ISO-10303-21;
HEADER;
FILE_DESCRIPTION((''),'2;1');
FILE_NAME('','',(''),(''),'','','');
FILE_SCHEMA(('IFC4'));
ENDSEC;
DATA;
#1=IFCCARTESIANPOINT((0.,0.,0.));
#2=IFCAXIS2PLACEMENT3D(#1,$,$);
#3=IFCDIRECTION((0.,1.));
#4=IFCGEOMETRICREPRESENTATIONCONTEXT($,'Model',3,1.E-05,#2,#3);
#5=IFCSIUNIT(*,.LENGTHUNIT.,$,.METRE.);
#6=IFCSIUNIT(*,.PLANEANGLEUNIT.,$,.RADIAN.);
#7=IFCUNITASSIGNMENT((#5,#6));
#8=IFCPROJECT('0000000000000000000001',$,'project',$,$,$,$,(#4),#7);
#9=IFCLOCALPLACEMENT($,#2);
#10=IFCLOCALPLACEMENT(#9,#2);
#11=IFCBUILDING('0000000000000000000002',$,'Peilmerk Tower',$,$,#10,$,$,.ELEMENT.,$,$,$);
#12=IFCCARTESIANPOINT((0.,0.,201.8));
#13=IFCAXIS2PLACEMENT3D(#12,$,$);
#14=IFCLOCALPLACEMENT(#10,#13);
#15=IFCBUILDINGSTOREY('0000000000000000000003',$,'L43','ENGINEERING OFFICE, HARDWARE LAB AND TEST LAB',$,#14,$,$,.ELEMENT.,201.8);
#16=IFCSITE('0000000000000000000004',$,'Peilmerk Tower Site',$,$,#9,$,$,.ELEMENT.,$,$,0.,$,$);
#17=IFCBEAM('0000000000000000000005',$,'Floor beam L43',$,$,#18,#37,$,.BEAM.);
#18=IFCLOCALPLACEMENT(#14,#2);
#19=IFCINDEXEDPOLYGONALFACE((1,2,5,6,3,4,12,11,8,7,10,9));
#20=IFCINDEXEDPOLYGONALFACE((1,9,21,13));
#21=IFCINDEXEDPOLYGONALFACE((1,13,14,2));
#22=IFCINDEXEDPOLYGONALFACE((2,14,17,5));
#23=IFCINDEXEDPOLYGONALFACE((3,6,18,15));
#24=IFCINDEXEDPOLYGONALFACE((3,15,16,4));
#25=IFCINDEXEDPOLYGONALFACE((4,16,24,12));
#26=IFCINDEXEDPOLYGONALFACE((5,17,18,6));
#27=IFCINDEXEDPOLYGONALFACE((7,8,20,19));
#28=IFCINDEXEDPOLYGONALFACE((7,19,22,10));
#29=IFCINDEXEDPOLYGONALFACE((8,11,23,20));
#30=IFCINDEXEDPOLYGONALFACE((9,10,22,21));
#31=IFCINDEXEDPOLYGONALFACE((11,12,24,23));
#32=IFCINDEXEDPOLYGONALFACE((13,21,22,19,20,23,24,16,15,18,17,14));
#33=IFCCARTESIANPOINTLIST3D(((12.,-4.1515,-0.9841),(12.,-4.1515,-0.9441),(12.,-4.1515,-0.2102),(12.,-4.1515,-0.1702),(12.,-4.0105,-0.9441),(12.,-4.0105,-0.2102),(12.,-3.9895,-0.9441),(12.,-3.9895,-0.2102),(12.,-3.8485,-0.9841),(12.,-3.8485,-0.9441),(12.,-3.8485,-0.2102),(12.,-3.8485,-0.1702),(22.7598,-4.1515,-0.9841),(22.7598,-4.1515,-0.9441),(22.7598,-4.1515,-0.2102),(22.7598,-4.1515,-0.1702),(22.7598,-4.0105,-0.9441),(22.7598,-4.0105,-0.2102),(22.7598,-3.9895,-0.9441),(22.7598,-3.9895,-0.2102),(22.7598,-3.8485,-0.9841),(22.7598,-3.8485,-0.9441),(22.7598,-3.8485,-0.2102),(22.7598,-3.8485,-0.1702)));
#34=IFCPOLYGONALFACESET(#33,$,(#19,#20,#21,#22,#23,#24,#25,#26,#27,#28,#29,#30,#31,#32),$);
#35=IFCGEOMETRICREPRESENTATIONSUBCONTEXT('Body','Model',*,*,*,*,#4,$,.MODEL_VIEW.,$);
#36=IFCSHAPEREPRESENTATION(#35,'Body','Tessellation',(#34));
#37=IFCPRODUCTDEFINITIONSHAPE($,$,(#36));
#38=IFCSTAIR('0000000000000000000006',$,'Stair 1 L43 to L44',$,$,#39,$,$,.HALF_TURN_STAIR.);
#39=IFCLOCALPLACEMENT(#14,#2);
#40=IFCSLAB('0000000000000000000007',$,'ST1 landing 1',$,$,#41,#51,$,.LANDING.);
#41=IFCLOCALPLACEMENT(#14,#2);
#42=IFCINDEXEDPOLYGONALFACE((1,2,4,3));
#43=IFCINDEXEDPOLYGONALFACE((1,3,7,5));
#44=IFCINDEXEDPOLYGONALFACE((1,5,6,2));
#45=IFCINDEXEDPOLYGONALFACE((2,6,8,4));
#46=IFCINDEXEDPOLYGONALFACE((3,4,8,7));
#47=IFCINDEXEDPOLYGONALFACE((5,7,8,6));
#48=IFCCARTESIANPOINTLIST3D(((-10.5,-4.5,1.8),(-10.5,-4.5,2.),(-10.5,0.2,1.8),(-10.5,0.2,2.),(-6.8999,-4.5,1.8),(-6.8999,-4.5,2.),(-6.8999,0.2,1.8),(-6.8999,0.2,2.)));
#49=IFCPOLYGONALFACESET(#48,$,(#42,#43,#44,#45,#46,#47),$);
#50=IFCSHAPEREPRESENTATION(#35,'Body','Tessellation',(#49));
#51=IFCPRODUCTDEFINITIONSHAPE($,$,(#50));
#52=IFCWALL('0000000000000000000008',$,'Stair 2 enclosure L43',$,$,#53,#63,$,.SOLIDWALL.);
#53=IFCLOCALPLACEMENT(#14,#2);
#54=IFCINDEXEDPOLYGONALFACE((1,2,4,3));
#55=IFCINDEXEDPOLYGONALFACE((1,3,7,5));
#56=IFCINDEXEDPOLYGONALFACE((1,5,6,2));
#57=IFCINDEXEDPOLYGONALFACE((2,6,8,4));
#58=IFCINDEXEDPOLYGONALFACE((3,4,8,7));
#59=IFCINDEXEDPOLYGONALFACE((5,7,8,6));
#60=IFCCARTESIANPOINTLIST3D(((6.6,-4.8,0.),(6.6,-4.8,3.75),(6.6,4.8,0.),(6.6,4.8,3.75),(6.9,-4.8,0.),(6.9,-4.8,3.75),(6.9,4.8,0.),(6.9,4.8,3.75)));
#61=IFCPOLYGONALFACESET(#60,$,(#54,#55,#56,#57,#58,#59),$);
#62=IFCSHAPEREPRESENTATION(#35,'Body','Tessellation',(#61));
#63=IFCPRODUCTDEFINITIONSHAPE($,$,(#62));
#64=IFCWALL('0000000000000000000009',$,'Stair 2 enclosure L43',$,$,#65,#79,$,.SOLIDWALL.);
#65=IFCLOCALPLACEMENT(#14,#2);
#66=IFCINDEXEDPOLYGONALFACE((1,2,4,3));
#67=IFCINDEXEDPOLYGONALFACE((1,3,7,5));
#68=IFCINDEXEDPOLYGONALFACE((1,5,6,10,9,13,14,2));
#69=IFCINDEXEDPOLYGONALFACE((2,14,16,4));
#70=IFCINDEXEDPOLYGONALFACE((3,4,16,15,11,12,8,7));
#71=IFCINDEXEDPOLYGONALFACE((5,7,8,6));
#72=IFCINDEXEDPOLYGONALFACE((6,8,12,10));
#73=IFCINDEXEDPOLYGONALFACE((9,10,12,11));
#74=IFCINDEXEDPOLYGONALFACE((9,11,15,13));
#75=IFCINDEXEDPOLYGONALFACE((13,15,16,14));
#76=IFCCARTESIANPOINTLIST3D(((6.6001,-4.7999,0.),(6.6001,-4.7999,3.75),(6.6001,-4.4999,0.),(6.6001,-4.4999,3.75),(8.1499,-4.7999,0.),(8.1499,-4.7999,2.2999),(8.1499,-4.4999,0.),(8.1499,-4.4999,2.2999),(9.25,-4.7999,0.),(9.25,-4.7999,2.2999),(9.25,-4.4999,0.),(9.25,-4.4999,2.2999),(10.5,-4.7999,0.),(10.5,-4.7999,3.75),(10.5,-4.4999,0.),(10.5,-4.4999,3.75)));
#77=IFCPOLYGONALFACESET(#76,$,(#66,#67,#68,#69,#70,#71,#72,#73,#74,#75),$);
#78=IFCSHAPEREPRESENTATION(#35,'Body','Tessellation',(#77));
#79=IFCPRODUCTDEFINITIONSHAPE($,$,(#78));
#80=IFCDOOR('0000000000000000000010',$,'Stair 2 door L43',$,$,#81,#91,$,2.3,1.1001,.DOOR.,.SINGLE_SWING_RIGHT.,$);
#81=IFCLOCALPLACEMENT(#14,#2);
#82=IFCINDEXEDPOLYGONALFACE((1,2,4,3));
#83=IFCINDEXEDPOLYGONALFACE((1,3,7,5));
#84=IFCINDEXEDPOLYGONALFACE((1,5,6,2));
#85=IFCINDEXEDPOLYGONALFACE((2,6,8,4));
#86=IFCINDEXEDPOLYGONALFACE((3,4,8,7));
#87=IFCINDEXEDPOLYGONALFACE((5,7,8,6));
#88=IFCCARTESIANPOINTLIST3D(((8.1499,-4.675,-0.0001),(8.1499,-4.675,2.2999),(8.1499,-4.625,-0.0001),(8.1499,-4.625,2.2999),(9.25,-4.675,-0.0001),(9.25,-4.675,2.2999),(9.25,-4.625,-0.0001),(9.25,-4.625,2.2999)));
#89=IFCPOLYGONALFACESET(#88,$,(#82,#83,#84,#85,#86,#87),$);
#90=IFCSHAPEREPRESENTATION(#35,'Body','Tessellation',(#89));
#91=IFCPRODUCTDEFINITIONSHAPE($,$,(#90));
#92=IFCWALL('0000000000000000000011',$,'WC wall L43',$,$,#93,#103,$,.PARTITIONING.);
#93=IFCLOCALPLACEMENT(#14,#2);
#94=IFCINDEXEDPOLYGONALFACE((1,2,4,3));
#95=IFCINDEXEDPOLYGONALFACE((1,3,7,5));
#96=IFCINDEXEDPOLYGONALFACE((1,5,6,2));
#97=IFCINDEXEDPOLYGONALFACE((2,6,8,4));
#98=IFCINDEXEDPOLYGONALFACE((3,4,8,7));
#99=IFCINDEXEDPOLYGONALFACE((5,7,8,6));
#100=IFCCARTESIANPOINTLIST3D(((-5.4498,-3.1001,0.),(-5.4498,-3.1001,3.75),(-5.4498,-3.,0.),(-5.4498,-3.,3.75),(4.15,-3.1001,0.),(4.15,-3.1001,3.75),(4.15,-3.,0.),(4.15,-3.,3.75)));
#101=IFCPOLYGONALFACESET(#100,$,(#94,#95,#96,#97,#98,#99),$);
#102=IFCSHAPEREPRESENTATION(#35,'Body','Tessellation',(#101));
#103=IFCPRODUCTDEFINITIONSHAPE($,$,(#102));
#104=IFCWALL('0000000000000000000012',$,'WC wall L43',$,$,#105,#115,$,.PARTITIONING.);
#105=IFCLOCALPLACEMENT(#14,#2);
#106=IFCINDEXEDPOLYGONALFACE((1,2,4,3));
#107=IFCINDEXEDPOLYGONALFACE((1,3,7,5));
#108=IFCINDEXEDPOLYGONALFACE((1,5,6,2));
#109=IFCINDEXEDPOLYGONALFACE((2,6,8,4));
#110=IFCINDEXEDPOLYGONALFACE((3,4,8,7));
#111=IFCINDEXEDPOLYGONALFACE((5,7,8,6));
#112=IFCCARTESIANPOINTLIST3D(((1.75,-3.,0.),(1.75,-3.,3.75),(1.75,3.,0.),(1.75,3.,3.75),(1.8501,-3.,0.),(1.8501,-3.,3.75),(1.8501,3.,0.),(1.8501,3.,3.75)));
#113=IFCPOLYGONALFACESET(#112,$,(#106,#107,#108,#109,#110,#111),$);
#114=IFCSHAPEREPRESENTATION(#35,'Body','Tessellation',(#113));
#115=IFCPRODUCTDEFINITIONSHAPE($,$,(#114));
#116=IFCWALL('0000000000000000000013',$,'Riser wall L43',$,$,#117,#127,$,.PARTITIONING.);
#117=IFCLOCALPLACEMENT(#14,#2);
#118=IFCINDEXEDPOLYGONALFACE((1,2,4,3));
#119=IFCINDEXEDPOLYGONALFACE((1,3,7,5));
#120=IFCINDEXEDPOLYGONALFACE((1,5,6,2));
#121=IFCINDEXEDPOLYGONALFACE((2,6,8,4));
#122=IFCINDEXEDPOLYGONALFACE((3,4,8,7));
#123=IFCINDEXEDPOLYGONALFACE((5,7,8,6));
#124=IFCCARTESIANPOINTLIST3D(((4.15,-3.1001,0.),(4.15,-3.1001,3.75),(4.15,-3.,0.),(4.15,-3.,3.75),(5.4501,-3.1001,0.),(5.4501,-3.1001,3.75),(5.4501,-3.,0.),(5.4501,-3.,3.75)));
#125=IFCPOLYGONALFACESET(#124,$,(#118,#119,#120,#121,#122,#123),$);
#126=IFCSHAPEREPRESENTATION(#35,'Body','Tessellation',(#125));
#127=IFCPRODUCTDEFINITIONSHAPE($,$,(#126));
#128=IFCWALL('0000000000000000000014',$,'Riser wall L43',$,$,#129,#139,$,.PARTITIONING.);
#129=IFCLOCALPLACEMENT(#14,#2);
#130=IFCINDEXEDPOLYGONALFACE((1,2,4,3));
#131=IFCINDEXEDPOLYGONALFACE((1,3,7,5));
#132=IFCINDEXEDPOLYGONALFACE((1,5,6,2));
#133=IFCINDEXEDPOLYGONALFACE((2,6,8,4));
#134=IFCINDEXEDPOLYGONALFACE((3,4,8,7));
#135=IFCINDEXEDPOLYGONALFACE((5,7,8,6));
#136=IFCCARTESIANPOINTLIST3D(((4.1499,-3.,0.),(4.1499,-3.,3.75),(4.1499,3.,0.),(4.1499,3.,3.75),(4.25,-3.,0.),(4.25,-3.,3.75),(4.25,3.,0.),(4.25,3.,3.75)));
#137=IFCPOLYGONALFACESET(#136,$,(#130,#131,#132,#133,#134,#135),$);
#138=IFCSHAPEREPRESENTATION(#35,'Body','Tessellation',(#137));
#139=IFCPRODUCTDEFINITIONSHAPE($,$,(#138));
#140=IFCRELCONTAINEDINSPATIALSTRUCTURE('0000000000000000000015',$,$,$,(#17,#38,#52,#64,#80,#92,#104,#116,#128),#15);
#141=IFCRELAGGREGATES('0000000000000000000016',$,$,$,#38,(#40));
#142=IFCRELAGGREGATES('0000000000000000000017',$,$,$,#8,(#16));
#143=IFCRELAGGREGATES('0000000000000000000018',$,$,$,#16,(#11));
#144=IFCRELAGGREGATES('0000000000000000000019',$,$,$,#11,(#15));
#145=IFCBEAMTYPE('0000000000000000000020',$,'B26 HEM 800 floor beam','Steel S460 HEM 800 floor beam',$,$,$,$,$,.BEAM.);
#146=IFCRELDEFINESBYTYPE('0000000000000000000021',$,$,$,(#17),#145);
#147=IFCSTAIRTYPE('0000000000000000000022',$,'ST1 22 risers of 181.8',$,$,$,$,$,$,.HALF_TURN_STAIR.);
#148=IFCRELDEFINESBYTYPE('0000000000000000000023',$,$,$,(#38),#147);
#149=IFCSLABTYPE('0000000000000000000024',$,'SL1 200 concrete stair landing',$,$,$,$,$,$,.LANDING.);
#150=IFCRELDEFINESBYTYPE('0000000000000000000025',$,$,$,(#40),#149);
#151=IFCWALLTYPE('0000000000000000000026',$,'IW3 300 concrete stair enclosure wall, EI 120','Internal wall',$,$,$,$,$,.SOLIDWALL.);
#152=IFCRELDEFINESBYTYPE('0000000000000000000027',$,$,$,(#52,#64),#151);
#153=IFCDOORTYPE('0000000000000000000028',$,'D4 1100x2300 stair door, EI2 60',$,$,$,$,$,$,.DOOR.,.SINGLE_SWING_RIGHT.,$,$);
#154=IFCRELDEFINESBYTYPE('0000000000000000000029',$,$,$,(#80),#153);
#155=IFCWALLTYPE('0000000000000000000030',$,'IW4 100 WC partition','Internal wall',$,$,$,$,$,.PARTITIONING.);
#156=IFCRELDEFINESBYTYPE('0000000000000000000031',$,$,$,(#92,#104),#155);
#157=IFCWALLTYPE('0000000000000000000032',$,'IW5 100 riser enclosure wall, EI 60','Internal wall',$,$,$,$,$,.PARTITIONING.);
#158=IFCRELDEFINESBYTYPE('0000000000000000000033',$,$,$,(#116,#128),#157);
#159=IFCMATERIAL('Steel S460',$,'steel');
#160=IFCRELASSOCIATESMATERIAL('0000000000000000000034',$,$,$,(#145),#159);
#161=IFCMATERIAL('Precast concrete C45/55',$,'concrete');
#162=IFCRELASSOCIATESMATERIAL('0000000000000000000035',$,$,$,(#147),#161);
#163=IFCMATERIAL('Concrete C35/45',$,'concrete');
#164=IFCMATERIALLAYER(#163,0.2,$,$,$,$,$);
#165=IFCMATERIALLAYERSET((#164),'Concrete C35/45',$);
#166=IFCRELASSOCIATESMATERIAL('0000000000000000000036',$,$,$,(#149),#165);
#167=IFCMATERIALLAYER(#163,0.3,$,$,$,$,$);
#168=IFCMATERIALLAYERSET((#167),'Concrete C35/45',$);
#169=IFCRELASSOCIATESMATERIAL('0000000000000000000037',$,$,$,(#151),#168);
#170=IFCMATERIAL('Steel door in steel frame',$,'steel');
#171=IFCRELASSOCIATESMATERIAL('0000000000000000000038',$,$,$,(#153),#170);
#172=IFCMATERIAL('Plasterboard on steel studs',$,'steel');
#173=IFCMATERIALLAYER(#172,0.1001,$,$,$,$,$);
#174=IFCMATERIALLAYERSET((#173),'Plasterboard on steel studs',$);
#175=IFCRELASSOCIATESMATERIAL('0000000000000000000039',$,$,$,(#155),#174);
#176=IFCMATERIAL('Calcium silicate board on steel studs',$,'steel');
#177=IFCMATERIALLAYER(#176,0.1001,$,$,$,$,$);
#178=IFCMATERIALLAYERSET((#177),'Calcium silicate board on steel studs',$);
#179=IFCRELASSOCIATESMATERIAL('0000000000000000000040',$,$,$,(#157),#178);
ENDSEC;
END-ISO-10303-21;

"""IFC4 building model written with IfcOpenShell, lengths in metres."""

from ifc_helpers import new_model, si_unit, direction, frame, frame_2d, origin, origin_2d, place, context, subcontext, project, spatial, polyline, rectangle, i_section, outline, extrude, material, layer, layer_set, material_profile, profile_set, type_object, element, fill, aggregate, save


model = new_model("IFC4")

# Units and contexts
model_context = context("Model", 3, precision=1e-05, world=origin(), true_north=direction((0.0, 1.0)))
body_context = subcontext(model_context, "Body", "Model", "MODEL_VIEW")
ifc_project = project(units=[si_unit("LENGTHUNIT", "METRE"), si_unit("PLANEANGLEUNIT", "RADIAN")], contexts=[model_context])

# Site, building, storey
site_placement = place(None, origin())
site = spatial("IfcSite", under=ifc_project, at=site_placement, Name="Peilmerk Tower Site", CompositionType="ELEMENT", RefElevation=0.0)
building_placement = place(site_placement, origin())
building = spatial("IfcBuilding", under=site, at=building_placement, Name="Peilmerk Tower", CompositionType="ELEMENT")
storey_placement = place(building_placement, frame((0.0, 0.0, 201.8)))
storey = spatial("IfcBuildingStorey", under=building, at=storey_placement, Name="L43", Description="ENGINEERING OFFICE, HARDWARE LAB AND TEST LAB", CompositionType="ELEMENT", Elevation=201.8)

# Beam
ifc_material_1 = material(Name="Steel S460", Category="steel")
ifc_material_profile = material_profile(ifc_material_1, i_section(OverallWidth=0.303, OverallDepth=0.814, WebThickness=0.021, FlangeThickness=0.04, at=origin_2d()), Name="HEM 800")
ifc_profile_set = profile_set([ifc_material_profile], Name="Steel S460")
beam_type = type_object("IfcBeamType", Name="B26 HEM 800 floor beam", Description="Steel S460 HEM 800 floor beam", PredefinedType="BEAM", material=ifc_profile_set)
beam_placement = place(storey_placement, frame((12.0, -4.0, -0.5771), z_axis=(1.0, 0.0, 0.0), x_axis=(0.0, 1.0, 0.0)))
element("IfcBeam", 1, at=beam_placement, inside=storey, type_object=beam_type, Name="Floor beam L43", PredefinedType="BEAM", context=body_context, shape_type="SweptSolid", body=[
    extrude(i_section(OverallWidth=0.303, OverallDepth=0.814, WebThickness=0.021, FlangeThickness=0.04, at=origin_2d()), origin(), (0.0, 0.0, 1.0), 10.7598),
])

# Stair, slab
ifc_material_2 = material(Name="Precast concrete C45/55", Category="concrete")
stair_type_1 = type_object("IfcStairType", Name="ST1 22 risers of 181.8", PredefinedType="HALF_TURN_STAIR", material=ifc_material_2)
stair_1_placement = place(storey_placement, origin())
stair_1 = element("IfcStair", 2, at=stair_1_placement, inside=storey, type_object=stair_type_1, Name="Stair 1 L43 to L44", PredefinedType="HALF_TURN_STAIR")
ifc_material_3 = material(Name="Concrete C35/45", Category="concrete")
ifc_layer_1 = layer(ifc_material_3, 0.2)
ifc_layer_set_1 = layer_set([ifc_layer_1], Name="Concrete C35/45")
slab_type = type_object("IfcSlabType", Name="SL1 200 concrete stair landing", PredefinedType="LANDING", material=ifc_layer_set_1)
slab_placement = place(storey_placement, frame((0.0, 0.0, 1.8)))
slab = element("IfcSlab", 3, at=slab_placement, type_object=slab_type, Name="ST1 landing 1", PredefinedType="LANDING", context=body_context, shape_type="SweptSolid", body=[
    extrude(outline(polyline([(-10.5, -4.5), (-6.8999, -4.5), (-6.8999, 0.2), (-10.5, 0.2), (-10.5, -4.5)])), origin(), (0.0, 0.0, 1.0), 0.2),
])
aggregate(stair_1, [slab])

# Wall
ifc_layer_2 = layer(ifc_material_3, 0.3)
ifc_layer_set_2 = layer_set([ifc_layer_2], Name="Concrete C35/45")
wall_type_1 = type_object("IfcWallType", Name="IW3 300 concrete stair enclosure wall, EI 120", Description="Internal wall", PredefinedType="SOLIDWALL", material=ifc_layer_set_2)
wall_1_placement = place(storey_placement, frame((6.75, -4.8, 0.0), z_axis=(0.0, 0.0, 1.0), x_axis=(0.0, 1.0, 0.0)))
element("IfcWall", 4, at=wall_1_placement, inside=storey, type_object=wall_type_1, Name="Stair 2 enclosure L43", PredefinedType="SOLIDWALL", context=body_context, shape_type="SweptSolid", body=[
    extrude(rectangle(XDim=9.6001, YDim=0.3, at=frame_2d((4.8, 0.0))), origin(), (0.0, 0.0, 1.0), 3.75),
])

# Wall, opening, door
wall_2_placement = place(storey_placement, frame((10.5, -4.6499, 0.0), z_axis=(0.0, 0.0, 1.0), x_axis=(-1.0, 0.0, 0.0)))
wall_2 = element("IfcWall", 5, at=wall_2_placement, inside=storey, type_object=wall_type_1, Name="Stair 2 enclosure L43", PredefinedType="SOLIDWALL", context=body_context, shape_type="SweptSolid", body=[
    extrude(rectangle(XDim=3.8999, YDim=0.3, at=frame_2d((1.95, 0.0))), origin(), (0.0, 0.0, 1.0), 3.75),
])
opening_1_placement = place(wall_2_placement, frame((1.25, 0.0, 0.0)))
opening_1 = element("IfcOpeningElement", 6, at=opening_1_placement, cuts=wall_2, PredefinedType="OPENING", context=body_context, shape_type="SweptSolid", body=[
    extrude(rectangle(XDim=1.1001, YDim=2.3, at=frame_2d((0.55, 1.1499))), frame((0.0, 0.1599, 0.0), z_axis=(0.0, -1.0, 0.0), x_axis=(1.0, 0.0, 0.0)), (0.0, 0.0, 1.0), 0.3201),
])
ifc_material_4 = material(Name="Steel door in steel frame", Category="steel")
door_type_1 = type_object("IfcDoorType", Name="D4 1100x2300 stair door, EI2 60", OperationType="SINGLE_SWING_RIGHT", PredefinedType="DOOR", material=ifc_material_4)
door_1_placement = place(opening_1_placement, frame((1.1001, 0.0, 0.0), z_axis=(0.0, 0.0, 1.0), x_axis=(-1.0, 0.0, 0.0)))
door_1 = element("IfcDoor", 7, at=door_1_placement, inside=storey, type_object=door_type_1, Name="Stair 2 door L43", OperationType="SINGLE_SWING_RIGHT", OverallHeight=2.3, OverallWidth=1.1001, PredefinedType="DOOR", context=body_context, shape_type="SweptSolid", body=[
    extrude(rectangle(XDim=1.1001, YDim=2.3, at=frame_2d((0.55, 1.1499))), frame((0.0, 0.0249, 0.0), z_axis=(0.0, -1.0, 0.0), x_axis=(1.0, 0.0, 0.0)), (0.0, 0.0, 1.0), 0.05),
])
fill(opening_1, door_1)

# Walls
ifc_material_5 = material(Name="Plasterboard on steel studs", Category="steel")
ifc_layer_3 = layer(ifc_material_5, 0.1001)
ifc_layer_set_3 = layer_set([ifc_layer_3], Name="Plasterboard on steel studs")
wall_type_2 = type_object("IfcWallType", Name="IW4 100 WC partition", Description="Internal wall", PredefinedType="PARTITIONING", material=ifc_layer_set_3)
wall_3_placement = place(storey_placement, frame((4.1499, -3.05, 0.0), z_axis=(0.0, 0.0, 1.0), x_axis=(-1.0, 0.0, 0.0)))
element("IfcWall", 8, at=wall_3_placement, inside=storey, type_object=wall_type_2, Name="WC wall L43", PredefinedType="PARTITIONING", context=body_context, shape_type="SweptSolid", body=[
    extrude(rectangle(XDim=9.5999, YDim=0.1001, at=frame_2d((4.7998, 0.0))), origin(), (0.0, 0.0, 1.0), 3.75),
])
wall_4_placement = place(storey_placement, frame((1.8, -3.0, 0.0), z_axis=(0.0, 0.0, 1.0), x_axis=(0.0, 1.0, 0.0)))
element("IfcWall", 9, at=wall_4_placement, inside=storey, type_object=wall_type_2, Name="WC wall L43", PredefinedType="PARTITIONING", context=body_context, shape_type="SweptSolid", body=[
    extrude(rectangle(XDim=6.0, YDim=0.1001, at=frame_2d((3.0, 0.0))), origin(), (0.0, 0.0, 1.0), 3.75),
])
ifc_material_6 = material(Name="Calcium silicate board on steel studs", Category="steel")
ifc_layer_4 = layer(ifc_material_6, 0.1001)
ifc_layer_set_4 = layer_set([ifc_layer_4], Name="Calcium silicate board on steel studs")
wall_type_3 = type_object("IfcWallType", Name="IW5 100 riser enclosure wall, EI 60", Description="Internal wall", PredefinedType="PARTITIONING", material=ifc_layer_set_4)
wall_5_placement = place(storey_placement, frame((5.45, -3.05, 0.0), z_axis=(0.0, 0.0, 1.0), x_axis=(-1.0, 0.0, 0.0)))
element("IfcWall", 10, at=wall_5_placement, inside=storey, type_object=wall_type_3, Name="Riser wall L43", PredefinedType="PARTITIONING", context=body_context, shape_type="SweptSolid", body=[
    extrude(rectangle(XDim=1.3, YDim=0.1001, at=frame_2d((0.6499, 0.0))), origin(), (0.0, 0.0, 1.0), 3.75),
])
wall_6_placement = place(storey_placement, frame((4.2, -3.0, 0.0), z_axis=(0.0, 0.0, 1.0), x_axis=(0.0, 1.0, 0.0)))
element("IfcWall", 11, at=wall_6_placement, inside=storey, type_object=wall_type_3, Name="Riser wall L43", PredefinedType="PARTITIONING", context=body_context, shape_type="SweptSolid", body=[
    extrude(rectangle(XDim=6.0, YDim=0.1001, at=frame_2d((3.0, 0.0))), origin(), (0.0, 0.0, 1.0), 3.75),
])

save(model, "model.ifc")
